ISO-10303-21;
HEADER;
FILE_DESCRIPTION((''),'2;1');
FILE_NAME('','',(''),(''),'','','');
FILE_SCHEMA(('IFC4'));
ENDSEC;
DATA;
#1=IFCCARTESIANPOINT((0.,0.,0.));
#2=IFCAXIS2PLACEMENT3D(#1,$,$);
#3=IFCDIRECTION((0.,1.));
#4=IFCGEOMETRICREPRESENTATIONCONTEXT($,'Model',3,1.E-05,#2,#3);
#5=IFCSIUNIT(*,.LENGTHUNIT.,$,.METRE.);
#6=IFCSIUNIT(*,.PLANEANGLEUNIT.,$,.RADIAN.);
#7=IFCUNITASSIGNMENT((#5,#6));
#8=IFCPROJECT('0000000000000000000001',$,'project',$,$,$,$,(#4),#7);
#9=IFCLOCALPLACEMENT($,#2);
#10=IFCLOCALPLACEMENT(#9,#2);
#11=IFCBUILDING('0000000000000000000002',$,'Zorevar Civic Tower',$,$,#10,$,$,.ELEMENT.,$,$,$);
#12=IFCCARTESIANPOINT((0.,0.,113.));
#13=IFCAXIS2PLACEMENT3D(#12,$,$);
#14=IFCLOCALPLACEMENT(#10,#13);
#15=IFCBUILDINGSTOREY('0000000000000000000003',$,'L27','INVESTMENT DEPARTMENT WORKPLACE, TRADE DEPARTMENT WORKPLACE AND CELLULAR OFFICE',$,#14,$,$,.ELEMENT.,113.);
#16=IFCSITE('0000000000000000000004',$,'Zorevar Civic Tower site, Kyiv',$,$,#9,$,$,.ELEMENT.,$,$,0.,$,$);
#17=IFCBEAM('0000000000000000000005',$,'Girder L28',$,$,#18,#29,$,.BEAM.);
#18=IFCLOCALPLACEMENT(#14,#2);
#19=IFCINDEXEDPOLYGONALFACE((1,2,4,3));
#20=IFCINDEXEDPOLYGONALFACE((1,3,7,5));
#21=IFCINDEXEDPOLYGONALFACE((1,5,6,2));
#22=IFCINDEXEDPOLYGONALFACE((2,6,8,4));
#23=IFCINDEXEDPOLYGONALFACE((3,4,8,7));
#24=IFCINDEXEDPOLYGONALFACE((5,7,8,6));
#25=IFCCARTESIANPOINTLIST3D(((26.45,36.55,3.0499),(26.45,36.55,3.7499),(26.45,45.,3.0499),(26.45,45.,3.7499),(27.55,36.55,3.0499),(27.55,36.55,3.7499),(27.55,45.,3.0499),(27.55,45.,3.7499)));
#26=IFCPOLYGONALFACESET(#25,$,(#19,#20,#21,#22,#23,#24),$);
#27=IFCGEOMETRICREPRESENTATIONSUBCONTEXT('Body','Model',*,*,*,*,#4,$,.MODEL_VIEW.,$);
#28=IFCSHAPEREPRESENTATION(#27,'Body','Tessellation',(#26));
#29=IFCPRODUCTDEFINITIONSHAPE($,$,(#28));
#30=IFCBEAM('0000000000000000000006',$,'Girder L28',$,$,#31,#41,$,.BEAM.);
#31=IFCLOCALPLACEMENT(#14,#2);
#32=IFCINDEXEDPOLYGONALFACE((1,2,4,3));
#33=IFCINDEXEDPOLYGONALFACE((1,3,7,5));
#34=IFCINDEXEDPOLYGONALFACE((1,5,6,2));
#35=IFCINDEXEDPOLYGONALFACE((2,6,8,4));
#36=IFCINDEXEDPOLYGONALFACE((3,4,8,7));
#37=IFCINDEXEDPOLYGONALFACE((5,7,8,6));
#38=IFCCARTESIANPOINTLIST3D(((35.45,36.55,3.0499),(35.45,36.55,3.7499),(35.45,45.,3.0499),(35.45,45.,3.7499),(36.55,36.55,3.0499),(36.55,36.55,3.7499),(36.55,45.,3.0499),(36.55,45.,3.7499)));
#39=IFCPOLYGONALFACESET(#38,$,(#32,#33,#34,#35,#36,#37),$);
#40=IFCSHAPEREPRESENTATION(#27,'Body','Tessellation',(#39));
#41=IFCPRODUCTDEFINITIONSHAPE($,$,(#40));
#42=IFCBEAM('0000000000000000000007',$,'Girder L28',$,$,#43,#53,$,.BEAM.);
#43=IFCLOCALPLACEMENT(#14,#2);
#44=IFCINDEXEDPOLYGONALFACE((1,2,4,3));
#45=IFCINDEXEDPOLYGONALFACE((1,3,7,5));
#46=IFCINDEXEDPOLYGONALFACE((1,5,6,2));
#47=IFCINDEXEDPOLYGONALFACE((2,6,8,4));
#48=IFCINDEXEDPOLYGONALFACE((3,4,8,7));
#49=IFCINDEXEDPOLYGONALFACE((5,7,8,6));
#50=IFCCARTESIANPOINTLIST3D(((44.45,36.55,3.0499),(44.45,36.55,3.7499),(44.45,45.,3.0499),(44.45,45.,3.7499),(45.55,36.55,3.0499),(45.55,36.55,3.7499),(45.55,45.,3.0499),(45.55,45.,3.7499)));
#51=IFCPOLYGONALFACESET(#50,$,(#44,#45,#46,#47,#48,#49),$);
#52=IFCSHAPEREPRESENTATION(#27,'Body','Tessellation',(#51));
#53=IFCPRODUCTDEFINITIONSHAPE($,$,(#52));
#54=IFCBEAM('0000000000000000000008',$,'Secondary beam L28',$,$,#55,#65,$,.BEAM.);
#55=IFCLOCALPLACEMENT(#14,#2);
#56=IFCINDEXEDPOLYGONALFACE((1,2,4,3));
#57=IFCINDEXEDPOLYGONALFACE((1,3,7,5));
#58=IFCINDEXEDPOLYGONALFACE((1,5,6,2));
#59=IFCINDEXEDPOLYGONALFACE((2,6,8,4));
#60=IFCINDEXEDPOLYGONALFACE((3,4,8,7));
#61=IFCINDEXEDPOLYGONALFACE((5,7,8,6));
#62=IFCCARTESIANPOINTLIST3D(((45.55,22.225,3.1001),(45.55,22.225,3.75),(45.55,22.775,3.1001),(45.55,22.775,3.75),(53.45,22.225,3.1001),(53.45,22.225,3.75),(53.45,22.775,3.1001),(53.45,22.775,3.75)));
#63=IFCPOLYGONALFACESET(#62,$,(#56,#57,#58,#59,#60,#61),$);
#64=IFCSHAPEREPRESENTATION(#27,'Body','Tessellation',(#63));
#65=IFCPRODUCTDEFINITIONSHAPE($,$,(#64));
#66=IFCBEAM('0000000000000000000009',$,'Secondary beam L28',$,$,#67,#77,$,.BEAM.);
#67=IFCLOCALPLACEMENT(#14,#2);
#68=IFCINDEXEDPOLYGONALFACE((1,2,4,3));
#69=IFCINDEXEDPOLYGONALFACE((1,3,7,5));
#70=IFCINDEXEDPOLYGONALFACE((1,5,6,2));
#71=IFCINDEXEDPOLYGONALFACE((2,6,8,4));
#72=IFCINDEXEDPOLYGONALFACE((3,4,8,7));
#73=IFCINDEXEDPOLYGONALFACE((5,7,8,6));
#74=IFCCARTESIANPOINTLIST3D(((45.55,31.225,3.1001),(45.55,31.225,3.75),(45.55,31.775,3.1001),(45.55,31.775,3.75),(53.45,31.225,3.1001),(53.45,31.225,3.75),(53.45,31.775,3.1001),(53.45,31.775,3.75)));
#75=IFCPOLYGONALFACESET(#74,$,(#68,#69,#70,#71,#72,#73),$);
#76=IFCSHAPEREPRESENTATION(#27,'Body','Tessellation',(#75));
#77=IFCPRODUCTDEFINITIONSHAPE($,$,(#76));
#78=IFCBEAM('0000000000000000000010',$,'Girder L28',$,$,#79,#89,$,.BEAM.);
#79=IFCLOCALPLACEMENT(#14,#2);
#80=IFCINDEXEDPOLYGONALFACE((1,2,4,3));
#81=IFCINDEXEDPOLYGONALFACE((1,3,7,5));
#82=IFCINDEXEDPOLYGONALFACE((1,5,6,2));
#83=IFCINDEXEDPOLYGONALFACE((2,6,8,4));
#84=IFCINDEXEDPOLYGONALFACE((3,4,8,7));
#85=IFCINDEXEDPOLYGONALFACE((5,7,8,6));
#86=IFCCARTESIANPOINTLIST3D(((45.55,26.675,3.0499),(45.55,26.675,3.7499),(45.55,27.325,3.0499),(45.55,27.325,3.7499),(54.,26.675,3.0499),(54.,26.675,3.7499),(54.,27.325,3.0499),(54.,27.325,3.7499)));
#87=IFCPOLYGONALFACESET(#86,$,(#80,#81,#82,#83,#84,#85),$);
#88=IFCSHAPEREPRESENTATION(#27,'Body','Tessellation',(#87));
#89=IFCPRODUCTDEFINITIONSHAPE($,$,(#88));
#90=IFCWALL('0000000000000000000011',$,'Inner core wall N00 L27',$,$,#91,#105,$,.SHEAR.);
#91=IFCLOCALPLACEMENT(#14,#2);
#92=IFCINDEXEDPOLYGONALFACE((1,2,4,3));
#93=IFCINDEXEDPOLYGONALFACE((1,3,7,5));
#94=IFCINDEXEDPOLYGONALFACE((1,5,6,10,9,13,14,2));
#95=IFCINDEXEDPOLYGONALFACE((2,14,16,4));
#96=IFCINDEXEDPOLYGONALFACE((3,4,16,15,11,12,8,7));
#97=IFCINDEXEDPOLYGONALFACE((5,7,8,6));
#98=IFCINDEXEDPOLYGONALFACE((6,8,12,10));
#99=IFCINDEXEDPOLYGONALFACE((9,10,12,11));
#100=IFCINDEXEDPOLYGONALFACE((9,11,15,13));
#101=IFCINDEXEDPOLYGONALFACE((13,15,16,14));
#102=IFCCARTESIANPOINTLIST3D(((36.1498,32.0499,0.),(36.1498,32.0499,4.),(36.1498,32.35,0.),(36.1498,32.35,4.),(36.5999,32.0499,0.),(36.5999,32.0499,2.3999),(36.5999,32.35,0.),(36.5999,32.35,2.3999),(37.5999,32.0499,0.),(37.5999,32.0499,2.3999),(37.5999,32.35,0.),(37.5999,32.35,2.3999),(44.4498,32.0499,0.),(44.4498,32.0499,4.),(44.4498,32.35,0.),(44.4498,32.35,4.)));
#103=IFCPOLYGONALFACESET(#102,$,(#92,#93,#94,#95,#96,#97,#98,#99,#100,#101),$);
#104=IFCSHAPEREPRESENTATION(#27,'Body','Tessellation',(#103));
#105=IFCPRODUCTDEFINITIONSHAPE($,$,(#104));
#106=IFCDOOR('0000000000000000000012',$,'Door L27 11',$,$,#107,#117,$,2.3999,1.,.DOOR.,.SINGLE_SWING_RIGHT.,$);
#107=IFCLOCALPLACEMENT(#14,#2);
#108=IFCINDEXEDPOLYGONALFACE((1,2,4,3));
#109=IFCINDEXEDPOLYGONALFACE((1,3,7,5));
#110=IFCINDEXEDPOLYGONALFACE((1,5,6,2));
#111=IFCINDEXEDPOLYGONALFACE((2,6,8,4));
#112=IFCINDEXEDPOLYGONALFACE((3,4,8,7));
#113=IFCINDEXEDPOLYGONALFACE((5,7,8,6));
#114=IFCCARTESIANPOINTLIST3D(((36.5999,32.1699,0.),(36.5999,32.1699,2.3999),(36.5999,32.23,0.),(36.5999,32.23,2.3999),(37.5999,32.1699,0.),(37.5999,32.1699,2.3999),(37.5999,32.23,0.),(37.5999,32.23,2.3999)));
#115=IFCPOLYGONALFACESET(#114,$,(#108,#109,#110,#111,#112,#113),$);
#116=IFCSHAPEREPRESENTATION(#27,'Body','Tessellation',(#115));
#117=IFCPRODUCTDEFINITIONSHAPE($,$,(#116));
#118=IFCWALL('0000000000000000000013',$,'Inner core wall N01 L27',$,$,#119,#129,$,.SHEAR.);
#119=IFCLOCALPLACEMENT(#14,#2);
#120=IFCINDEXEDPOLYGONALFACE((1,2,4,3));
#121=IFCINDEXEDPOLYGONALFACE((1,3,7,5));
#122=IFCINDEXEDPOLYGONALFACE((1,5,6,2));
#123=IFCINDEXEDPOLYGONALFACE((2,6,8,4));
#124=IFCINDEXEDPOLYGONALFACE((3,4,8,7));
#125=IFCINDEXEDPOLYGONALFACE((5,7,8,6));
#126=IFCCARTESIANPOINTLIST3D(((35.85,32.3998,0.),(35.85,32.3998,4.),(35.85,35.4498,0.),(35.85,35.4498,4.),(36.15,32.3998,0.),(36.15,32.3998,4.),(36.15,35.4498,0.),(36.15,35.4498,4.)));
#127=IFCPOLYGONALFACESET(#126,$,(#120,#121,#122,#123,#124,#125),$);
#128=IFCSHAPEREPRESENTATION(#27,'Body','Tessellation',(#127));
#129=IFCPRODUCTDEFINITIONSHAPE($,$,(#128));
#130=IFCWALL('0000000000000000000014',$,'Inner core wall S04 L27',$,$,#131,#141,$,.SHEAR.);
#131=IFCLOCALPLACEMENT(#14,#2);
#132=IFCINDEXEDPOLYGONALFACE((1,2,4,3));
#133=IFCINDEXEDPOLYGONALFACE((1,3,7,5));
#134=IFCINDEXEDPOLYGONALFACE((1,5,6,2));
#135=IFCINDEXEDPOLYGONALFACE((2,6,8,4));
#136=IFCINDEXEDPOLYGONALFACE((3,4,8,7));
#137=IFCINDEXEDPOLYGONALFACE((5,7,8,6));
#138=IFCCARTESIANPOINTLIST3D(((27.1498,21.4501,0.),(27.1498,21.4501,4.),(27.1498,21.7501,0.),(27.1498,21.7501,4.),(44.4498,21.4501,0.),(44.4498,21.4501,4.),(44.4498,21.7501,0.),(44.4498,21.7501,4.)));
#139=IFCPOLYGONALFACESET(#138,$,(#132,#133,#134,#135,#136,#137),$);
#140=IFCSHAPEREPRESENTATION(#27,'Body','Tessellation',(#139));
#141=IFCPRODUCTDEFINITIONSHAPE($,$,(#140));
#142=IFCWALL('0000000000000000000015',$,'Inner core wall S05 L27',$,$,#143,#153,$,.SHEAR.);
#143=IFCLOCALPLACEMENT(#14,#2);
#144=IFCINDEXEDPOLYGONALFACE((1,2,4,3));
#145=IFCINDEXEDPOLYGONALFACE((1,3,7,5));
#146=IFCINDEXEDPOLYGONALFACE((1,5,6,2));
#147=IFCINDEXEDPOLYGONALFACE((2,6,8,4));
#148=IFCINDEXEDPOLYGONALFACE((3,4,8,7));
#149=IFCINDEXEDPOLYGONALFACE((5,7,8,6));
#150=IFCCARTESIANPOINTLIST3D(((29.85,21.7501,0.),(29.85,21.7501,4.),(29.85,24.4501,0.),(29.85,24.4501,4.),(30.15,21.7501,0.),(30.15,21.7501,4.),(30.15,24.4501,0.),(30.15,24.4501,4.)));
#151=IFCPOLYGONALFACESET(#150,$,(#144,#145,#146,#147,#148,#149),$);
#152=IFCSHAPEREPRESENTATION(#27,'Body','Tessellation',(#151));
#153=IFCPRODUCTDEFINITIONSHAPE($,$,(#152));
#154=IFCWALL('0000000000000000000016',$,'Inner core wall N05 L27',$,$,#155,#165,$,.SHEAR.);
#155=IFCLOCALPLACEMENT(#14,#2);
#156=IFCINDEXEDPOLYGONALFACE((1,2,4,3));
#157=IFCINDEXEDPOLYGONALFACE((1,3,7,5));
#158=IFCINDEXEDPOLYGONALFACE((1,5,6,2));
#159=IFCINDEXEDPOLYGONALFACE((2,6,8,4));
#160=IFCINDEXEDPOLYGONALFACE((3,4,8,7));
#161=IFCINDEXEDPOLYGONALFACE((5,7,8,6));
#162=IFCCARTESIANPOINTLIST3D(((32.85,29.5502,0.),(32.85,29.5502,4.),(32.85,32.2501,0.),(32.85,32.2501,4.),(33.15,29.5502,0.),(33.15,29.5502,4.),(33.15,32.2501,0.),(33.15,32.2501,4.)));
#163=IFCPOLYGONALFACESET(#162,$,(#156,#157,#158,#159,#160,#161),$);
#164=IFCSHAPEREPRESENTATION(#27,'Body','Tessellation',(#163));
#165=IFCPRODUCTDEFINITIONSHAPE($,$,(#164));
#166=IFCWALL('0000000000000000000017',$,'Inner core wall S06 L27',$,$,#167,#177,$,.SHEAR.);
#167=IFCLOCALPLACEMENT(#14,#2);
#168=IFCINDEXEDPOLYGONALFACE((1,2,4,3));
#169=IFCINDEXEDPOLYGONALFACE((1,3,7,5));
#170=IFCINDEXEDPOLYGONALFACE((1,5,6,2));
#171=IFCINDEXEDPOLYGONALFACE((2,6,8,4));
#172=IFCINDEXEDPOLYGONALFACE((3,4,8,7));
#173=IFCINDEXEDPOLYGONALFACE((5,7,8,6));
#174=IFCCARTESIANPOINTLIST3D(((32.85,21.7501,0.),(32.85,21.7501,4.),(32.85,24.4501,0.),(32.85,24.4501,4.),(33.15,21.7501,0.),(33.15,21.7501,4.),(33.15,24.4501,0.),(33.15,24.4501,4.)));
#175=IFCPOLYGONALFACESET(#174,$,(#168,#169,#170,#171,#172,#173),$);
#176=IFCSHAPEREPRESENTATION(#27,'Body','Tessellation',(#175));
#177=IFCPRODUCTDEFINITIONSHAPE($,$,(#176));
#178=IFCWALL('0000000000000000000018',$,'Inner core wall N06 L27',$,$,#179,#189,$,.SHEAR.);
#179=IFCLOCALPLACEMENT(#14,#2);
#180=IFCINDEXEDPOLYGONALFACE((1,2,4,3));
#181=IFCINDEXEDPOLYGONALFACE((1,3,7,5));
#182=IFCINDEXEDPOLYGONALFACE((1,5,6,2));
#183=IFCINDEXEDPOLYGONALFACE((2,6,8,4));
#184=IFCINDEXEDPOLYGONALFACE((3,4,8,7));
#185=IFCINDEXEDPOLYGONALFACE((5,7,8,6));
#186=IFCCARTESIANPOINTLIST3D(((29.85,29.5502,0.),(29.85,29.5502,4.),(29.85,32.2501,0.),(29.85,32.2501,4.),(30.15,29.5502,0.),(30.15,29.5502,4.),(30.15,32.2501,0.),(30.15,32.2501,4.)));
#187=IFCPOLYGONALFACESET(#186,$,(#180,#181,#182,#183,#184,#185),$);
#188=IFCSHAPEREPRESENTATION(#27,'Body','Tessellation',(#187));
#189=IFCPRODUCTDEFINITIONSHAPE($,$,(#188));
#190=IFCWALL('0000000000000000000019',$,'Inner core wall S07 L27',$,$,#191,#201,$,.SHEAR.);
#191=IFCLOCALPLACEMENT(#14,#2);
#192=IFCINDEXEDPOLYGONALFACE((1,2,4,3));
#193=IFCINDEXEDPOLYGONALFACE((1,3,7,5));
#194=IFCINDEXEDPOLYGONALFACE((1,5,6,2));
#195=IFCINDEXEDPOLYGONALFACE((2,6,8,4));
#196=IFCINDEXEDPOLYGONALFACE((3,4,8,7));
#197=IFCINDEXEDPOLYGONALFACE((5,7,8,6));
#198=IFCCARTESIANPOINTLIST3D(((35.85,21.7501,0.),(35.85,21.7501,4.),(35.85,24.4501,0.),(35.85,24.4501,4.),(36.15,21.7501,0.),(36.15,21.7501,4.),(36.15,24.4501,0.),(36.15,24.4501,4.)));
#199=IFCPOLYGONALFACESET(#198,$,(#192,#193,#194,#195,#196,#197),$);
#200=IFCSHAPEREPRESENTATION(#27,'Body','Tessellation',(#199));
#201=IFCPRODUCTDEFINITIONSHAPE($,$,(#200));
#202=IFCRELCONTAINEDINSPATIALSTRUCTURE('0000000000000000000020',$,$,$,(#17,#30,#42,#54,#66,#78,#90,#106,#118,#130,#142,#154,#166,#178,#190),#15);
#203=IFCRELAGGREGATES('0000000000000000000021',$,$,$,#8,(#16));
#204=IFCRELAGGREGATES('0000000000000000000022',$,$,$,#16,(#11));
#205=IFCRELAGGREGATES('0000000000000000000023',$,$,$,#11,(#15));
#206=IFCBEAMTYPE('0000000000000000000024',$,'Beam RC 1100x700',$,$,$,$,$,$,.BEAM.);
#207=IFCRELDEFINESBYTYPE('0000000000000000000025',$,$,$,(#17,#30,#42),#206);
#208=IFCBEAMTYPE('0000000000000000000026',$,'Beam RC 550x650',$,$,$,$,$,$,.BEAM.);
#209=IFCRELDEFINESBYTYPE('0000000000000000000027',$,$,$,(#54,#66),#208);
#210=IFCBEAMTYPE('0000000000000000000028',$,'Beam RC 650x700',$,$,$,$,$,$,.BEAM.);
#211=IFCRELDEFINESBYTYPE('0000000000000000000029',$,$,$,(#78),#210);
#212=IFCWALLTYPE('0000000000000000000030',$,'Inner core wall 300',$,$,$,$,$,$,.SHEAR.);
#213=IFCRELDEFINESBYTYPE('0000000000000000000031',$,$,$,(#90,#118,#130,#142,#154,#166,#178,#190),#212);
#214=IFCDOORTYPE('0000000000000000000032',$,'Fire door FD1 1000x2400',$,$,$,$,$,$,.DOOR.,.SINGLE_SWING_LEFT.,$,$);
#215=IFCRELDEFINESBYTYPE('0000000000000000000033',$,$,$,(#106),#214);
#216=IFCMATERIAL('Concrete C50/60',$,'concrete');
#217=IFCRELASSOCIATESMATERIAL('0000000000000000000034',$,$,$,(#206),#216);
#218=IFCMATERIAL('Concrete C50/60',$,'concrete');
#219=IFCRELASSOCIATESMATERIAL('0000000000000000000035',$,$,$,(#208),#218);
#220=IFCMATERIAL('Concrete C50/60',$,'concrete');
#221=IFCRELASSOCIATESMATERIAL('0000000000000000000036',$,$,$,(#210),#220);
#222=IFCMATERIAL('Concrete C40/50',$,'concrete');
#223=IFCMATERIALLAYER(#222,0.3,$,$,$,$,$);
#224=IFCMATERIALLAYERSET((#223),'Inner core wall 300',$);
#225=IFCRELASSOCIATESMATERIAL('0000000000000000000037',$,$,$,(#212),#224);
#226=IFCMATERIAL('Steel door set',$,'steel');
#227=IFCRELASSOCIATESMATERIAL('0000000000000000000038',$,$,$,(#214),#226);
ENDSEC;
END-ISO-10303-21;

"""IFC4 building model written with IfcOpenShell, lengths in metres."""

from ifc_helpers import new_model, si_unit, direction, frame, frame_2d, origin, origin_2d, place, context, subcontext, project, spatial, rectangle, extrude, material, layer, layer_set, material_profile, profile_set, type_object, element, fill, save


model = new_model("IFC4")

# Units and contexts
model_context = context("Model", 3, precision=1e-05, world=origin(), true_north=direction((0.0, 1.0)))
body_context = subcontext(model_context, "Body", "Model", "MODEL_VIEW")
ifc_project = project(units=[si_unit("LENGTHUNIT", "METRE"), si_unit("PLANEANGLEUNIT", "RADIAN")], contexts=[model_context])

# Site, building, storey
site_placement = place(None, origin())
site = spatial("IfcSite", under=ifc_project, at=site_placement, Name="Zorevar Civic Tower site, Kyiv", CompositionType="ELEMENT", RefElevation=0.0)
building_placement = place(site_placement, origin())
building = spatial("IfcBuilding", under=site, at=building_placement, Name="Zorevar Civic Tower", CompositionType="ELEMENT")
storey_placement = place(building_placement, frame((0.0, 0.0, 113.0)))
storey = spatial("IfcBuildingStorey", under=building, at=storey_placement, Name="L27", Description="INVESTMENT DEPARTMENT WORKPLACE, TRADE DEPARTMENT WORKPLACE AND CELLULAR OFFICE", CompositionType="ELEMENT", Elevation=113.0)

# Beams
ifc_material_1 = material(Name="Concrete C50/60", Category="concrete")
ifc_material_profile_1 = material_profile(ifc_material_1, rectangle(XDim=1.1001, YDim=0.7, at=origin_2d()), Name="RC 1100x700")
ifc_profile_set_1 = profile_set([ifc_material_profile_1], Name="Concrete C50/60")
beam_type_1 = type_object("IfcBeamType", Name="Beam RC 1100x700", PredefinedType="BEAM", material=ifc_profile_set_1)
for number, where, z_axis, x_axis, name in (
    (1, (27.0, 36.55, 3.3999), (0.0, 1.0, 0.0), (-1.0, 0.0, 0.0), "Girder L28"),
    (2, (36.0, 36.55, 3.3999), (0.0, 1.0, 0.0), (-1.0, 0.0, 0.0), "Girder L28"),
    (3, (45.0, 36.55, 3.3999), (0.0, 1.0, 0.0), (-1.0, 0.0, 0.0), "Girder L28"),
):
    element("IfcBeam", number, at=place(storey_placement, frame(where, z_axis=z_axis, x_axis=x_axis)), inside=storey, type_object=beam_type_1, Name=name, PredefinedType="BEAM", context=body_context, shape_type="SweptSolid", body=[
        extrude(rectangle(XDim=1.1001, YDim=0.7, at=origin_2d()), origin(), (0.0, 0.0, 1.0), 8.45),
    ])
ifc_material_2 = material(Name="Concrete C50/60", Category="concrete")
ifc_material_profile_2 = material_profile(ifc_material_2, rectangle(XDim=0.55, YDim=0.6499, at=origin_2d()), Name="RC 550x650")
ifc_profile_set_2 = profile_set([ifc_material_profile_2], Name="Concrete C50/60")
beam_type_2 = type_object("IfcBeamType", Name="Beam RC 550x650", PredefinedType="BEAM", material=ifc_profile_set_2)
for number, where, z_axis, x_axis, name in (
    (4, (45.55, 22.5, 3.425), (1.0, 0.0, 0.0), (0.0, 1.0, 0.0), "Secondary beam L28"),
    (5, (45.55, 31.5, 3.425), (1.0, 0.0, 0.0), (0.0, 1.0, 0.0), "Secondary beam L28"),
):
    element("IfcBeam", number, at=place(storey_placement, frame(where, z_axis=z_axis, x_axis=x_axis)), inside=storey, type_object=beam_type_2, Name=name, PredefinedType="BEAM", context=body_context, shape_type="SweptSolid", body=[
        extrude(rectangle(XDim=0.55, YDim=0.6499, at=origin_2d()), origin(), (0.0, 0.0, 1.0), 7.8999),
    ])
ifc_material_3 = material(Name="Concrete C50/60", Category="concrete")
ifc_material_profile_3 = material_profile(ifc_material_3, rectangle(XDim=0.6499, YDim=0.7, at=origin_2d()), Name="RC 650x700")
ifc_profile_set_3 = profile_set([ifc_material_profile_3], Name="Concrete C50/60")
beam_type_3 = type_object("IfcBeamType", Name="Beam RC 650x700", PredefinedType="BEAM", material=ifc_profile_set_3)
beam_placement = place(storey_placement, frame((45.55, 27.0, 3.3999), z_axis=(1.0, 0.0, 0.0), x_axis=(0.0, 1.0, 0.0)))
element("IfcBeam", 6, at=beam_placement, inside=storey, type_object=beam_type_3, Name="Girder L28", PredefinedType="BEAM", context=body_context, shape_type="SweptSolid", body=[
    extrude(rectangle(XDim=0.6499, YDim=0.7, at=origin_2d()), origin(), (0.0, 0.0, 1.0), 8.45),
])

# Wall, opening, door
ifc_material_4 = material(Name="Concrete C40/50", Category="concrete")
ifc_layer_1 = layer(ifc_material_4, 0.3)
ifc_layer_set_1 = layer_set([ifc_layer_1], Name="Inner core wall 300")
wall_type_1 = type_object("IfcWallType", Name="Inner core wall 300", PredefinedType="SHEAR", material=ifc_layer_set_1)
wall_1_placement = place(storey_placement, frame((36.1499, 32.2, 0.0), z_axis=(0.0, 0.0, 1.0), x_axis=(1.0, 0.0, 0.0)))
wall_1 = element("IfcWall", 7, at=wall_1_placement, inside=storey, type_object=wall_type_1, Name="Inner core wall N00 L27", PredefinedType="SHEAR", context=body_context, shape_type="SweptSolid", body=[
    extrude(rectangle(XDim=8.3, YDim=0.3, at=frame_2d((4.1499, 0.0))), origin(), (0.0, 0.0, 1.0), 4.0),
])
opening_1_placement = place(wall_1_placement, frame((0.45, 0.0, 0.0)))
opening_1 = element("IfcOpeningElement", 8, at=opening_1_placement, cuts=wall_1, PredefinedType="OPENING", context=body_context, shape_type="SweptSolid", body=[
    extrude(rectangle(XDim=1.0, YDim=2.3999, at=frame_2d((0.5, 1.2))), frame((0.0, 0.1599, 0.0), z_axis=(0.0, -1.0, 0.0), x_axis=(1.0, 0.0, 0.0)), (0.0, 0.0, 1.0), 0.3201),
])
ifc_material_5 = material(Name="Steel door set", Category="steel")
door_type_1 = type_object("IfcDoorType", Name="Fire door FD1 1000x2400", OperationType="SINGLE_SWING_LEFT", PredefinedType="DOOR", material=ifc_material_5)
door_1_placement = place(opening_1_placement, origin())
door_1 = element("IfcDoor", 9, at=door_1_placement, inside=storey, type_object=door_type_1, Name="Door L27 11", OperationType="SINGLE_SWING_RIGHT", OverallHeight=2.3999, OverallWidth=1.0, PredefinedType="DOOR", context=body_context, shape_type="SweptSolid", body=[
    extrude(rectangle(XDim=1.0, YDim=2.3999, at=frame_2d((0.5, 1.2))), frame((0.0, 0.03, 0.0), z_axis=(0.0, -1.0, 0.0), x_axis=(1.0, 0.0, 0.0)), (0.0, 0.0, 1.0), 0.0601),
])
fill(opening_1, door_1)

# Wall
wall_2_placement = place(storey_placement, frame((36.0, 32.3999, 0.0), z_axis=(0.0, 0.0, 1.0), x_axis=(0.0, 1.0, 0.0)))
element("IfcWall", 10, at=wall_2_placement, inside=storey, type_object=wall_type_1, Name="Inner core wall N01 L27", PredefinedType="SHEAR", context=body_context, shape_type="SweptSolid", body=[
    extrude(rectangle(XDim=3.05, YDim=0.3, at=frame_2d((1.5249, 0.0))), origin(), (0.0, 0.0, 1.0), 4.0),
])

# Walls
wall_3_placement = place(storey_placement, frame((27.1499, 21.6001, 0.0), z_axis=(0.0, 0.0, 1.0), x_axis=(1.0, 0.0, 0.0)))
element("IfcWall", 11, at=wall_3_placement, inside=storey, type_object=wall_type_1, Name="Inner core wall S04 L27", PredefinedType="SHEAR", context=body_context, shape_type="SweptSolid", body=[
    extrude(rectangle(XDim=17.3, YDim=0.3, at=frame_2d((8.6499, 0.0))), origin(), (0.0, 0.0, 1.0), 4.0),
])
for number, where, z_axis, x_axis, name in (
    (12, (30.0, 21.75, 0.0), (0.0, 0.0, 1.0), (0.0, 1.0, 0.0), "Inner core wall S05 L27"),
    (13, (33.0, 29.55, 0.0), (0.0, 0.0, 1.0), (0.0, 1.0, 0.0), "Inner core wall N05 L27"),
    (14, (33.0, 21.75, 0.0), (0.0, 0.0, 1.0), (0.0, 1.0, 0.0), "Inner core wall S06 L27"),
    (15, (30.0, 29.55, 0.0), (0.0, 0.0, 1.0), (0.0, 1.0, 0.0), "Inner core wall N06 L27"),
    (16, (36.0, 21.75, 0.0), (0.0, 0.0, 1.0), (0.0, 1.0, 0.0), "Inner core wall S07 L27"),
):
    element("IfcWall", number, at=place(storey_placement, frame(where, z_axis=z_axis, x_axis=x_axis)), inside=storey, type_object=wall_type_1, Name=name, PredefinedType="SHEAR", context=body_context, shape_type="SweptSolid", body=[
        extrude(rectangle(XDim=2.7, YDim=0.3, at=frame_2d((1.3501, 0.0))), origin(), (0.0, 0.0, 1.0), 4.0),
    ])

save(model, "model.ifc")
